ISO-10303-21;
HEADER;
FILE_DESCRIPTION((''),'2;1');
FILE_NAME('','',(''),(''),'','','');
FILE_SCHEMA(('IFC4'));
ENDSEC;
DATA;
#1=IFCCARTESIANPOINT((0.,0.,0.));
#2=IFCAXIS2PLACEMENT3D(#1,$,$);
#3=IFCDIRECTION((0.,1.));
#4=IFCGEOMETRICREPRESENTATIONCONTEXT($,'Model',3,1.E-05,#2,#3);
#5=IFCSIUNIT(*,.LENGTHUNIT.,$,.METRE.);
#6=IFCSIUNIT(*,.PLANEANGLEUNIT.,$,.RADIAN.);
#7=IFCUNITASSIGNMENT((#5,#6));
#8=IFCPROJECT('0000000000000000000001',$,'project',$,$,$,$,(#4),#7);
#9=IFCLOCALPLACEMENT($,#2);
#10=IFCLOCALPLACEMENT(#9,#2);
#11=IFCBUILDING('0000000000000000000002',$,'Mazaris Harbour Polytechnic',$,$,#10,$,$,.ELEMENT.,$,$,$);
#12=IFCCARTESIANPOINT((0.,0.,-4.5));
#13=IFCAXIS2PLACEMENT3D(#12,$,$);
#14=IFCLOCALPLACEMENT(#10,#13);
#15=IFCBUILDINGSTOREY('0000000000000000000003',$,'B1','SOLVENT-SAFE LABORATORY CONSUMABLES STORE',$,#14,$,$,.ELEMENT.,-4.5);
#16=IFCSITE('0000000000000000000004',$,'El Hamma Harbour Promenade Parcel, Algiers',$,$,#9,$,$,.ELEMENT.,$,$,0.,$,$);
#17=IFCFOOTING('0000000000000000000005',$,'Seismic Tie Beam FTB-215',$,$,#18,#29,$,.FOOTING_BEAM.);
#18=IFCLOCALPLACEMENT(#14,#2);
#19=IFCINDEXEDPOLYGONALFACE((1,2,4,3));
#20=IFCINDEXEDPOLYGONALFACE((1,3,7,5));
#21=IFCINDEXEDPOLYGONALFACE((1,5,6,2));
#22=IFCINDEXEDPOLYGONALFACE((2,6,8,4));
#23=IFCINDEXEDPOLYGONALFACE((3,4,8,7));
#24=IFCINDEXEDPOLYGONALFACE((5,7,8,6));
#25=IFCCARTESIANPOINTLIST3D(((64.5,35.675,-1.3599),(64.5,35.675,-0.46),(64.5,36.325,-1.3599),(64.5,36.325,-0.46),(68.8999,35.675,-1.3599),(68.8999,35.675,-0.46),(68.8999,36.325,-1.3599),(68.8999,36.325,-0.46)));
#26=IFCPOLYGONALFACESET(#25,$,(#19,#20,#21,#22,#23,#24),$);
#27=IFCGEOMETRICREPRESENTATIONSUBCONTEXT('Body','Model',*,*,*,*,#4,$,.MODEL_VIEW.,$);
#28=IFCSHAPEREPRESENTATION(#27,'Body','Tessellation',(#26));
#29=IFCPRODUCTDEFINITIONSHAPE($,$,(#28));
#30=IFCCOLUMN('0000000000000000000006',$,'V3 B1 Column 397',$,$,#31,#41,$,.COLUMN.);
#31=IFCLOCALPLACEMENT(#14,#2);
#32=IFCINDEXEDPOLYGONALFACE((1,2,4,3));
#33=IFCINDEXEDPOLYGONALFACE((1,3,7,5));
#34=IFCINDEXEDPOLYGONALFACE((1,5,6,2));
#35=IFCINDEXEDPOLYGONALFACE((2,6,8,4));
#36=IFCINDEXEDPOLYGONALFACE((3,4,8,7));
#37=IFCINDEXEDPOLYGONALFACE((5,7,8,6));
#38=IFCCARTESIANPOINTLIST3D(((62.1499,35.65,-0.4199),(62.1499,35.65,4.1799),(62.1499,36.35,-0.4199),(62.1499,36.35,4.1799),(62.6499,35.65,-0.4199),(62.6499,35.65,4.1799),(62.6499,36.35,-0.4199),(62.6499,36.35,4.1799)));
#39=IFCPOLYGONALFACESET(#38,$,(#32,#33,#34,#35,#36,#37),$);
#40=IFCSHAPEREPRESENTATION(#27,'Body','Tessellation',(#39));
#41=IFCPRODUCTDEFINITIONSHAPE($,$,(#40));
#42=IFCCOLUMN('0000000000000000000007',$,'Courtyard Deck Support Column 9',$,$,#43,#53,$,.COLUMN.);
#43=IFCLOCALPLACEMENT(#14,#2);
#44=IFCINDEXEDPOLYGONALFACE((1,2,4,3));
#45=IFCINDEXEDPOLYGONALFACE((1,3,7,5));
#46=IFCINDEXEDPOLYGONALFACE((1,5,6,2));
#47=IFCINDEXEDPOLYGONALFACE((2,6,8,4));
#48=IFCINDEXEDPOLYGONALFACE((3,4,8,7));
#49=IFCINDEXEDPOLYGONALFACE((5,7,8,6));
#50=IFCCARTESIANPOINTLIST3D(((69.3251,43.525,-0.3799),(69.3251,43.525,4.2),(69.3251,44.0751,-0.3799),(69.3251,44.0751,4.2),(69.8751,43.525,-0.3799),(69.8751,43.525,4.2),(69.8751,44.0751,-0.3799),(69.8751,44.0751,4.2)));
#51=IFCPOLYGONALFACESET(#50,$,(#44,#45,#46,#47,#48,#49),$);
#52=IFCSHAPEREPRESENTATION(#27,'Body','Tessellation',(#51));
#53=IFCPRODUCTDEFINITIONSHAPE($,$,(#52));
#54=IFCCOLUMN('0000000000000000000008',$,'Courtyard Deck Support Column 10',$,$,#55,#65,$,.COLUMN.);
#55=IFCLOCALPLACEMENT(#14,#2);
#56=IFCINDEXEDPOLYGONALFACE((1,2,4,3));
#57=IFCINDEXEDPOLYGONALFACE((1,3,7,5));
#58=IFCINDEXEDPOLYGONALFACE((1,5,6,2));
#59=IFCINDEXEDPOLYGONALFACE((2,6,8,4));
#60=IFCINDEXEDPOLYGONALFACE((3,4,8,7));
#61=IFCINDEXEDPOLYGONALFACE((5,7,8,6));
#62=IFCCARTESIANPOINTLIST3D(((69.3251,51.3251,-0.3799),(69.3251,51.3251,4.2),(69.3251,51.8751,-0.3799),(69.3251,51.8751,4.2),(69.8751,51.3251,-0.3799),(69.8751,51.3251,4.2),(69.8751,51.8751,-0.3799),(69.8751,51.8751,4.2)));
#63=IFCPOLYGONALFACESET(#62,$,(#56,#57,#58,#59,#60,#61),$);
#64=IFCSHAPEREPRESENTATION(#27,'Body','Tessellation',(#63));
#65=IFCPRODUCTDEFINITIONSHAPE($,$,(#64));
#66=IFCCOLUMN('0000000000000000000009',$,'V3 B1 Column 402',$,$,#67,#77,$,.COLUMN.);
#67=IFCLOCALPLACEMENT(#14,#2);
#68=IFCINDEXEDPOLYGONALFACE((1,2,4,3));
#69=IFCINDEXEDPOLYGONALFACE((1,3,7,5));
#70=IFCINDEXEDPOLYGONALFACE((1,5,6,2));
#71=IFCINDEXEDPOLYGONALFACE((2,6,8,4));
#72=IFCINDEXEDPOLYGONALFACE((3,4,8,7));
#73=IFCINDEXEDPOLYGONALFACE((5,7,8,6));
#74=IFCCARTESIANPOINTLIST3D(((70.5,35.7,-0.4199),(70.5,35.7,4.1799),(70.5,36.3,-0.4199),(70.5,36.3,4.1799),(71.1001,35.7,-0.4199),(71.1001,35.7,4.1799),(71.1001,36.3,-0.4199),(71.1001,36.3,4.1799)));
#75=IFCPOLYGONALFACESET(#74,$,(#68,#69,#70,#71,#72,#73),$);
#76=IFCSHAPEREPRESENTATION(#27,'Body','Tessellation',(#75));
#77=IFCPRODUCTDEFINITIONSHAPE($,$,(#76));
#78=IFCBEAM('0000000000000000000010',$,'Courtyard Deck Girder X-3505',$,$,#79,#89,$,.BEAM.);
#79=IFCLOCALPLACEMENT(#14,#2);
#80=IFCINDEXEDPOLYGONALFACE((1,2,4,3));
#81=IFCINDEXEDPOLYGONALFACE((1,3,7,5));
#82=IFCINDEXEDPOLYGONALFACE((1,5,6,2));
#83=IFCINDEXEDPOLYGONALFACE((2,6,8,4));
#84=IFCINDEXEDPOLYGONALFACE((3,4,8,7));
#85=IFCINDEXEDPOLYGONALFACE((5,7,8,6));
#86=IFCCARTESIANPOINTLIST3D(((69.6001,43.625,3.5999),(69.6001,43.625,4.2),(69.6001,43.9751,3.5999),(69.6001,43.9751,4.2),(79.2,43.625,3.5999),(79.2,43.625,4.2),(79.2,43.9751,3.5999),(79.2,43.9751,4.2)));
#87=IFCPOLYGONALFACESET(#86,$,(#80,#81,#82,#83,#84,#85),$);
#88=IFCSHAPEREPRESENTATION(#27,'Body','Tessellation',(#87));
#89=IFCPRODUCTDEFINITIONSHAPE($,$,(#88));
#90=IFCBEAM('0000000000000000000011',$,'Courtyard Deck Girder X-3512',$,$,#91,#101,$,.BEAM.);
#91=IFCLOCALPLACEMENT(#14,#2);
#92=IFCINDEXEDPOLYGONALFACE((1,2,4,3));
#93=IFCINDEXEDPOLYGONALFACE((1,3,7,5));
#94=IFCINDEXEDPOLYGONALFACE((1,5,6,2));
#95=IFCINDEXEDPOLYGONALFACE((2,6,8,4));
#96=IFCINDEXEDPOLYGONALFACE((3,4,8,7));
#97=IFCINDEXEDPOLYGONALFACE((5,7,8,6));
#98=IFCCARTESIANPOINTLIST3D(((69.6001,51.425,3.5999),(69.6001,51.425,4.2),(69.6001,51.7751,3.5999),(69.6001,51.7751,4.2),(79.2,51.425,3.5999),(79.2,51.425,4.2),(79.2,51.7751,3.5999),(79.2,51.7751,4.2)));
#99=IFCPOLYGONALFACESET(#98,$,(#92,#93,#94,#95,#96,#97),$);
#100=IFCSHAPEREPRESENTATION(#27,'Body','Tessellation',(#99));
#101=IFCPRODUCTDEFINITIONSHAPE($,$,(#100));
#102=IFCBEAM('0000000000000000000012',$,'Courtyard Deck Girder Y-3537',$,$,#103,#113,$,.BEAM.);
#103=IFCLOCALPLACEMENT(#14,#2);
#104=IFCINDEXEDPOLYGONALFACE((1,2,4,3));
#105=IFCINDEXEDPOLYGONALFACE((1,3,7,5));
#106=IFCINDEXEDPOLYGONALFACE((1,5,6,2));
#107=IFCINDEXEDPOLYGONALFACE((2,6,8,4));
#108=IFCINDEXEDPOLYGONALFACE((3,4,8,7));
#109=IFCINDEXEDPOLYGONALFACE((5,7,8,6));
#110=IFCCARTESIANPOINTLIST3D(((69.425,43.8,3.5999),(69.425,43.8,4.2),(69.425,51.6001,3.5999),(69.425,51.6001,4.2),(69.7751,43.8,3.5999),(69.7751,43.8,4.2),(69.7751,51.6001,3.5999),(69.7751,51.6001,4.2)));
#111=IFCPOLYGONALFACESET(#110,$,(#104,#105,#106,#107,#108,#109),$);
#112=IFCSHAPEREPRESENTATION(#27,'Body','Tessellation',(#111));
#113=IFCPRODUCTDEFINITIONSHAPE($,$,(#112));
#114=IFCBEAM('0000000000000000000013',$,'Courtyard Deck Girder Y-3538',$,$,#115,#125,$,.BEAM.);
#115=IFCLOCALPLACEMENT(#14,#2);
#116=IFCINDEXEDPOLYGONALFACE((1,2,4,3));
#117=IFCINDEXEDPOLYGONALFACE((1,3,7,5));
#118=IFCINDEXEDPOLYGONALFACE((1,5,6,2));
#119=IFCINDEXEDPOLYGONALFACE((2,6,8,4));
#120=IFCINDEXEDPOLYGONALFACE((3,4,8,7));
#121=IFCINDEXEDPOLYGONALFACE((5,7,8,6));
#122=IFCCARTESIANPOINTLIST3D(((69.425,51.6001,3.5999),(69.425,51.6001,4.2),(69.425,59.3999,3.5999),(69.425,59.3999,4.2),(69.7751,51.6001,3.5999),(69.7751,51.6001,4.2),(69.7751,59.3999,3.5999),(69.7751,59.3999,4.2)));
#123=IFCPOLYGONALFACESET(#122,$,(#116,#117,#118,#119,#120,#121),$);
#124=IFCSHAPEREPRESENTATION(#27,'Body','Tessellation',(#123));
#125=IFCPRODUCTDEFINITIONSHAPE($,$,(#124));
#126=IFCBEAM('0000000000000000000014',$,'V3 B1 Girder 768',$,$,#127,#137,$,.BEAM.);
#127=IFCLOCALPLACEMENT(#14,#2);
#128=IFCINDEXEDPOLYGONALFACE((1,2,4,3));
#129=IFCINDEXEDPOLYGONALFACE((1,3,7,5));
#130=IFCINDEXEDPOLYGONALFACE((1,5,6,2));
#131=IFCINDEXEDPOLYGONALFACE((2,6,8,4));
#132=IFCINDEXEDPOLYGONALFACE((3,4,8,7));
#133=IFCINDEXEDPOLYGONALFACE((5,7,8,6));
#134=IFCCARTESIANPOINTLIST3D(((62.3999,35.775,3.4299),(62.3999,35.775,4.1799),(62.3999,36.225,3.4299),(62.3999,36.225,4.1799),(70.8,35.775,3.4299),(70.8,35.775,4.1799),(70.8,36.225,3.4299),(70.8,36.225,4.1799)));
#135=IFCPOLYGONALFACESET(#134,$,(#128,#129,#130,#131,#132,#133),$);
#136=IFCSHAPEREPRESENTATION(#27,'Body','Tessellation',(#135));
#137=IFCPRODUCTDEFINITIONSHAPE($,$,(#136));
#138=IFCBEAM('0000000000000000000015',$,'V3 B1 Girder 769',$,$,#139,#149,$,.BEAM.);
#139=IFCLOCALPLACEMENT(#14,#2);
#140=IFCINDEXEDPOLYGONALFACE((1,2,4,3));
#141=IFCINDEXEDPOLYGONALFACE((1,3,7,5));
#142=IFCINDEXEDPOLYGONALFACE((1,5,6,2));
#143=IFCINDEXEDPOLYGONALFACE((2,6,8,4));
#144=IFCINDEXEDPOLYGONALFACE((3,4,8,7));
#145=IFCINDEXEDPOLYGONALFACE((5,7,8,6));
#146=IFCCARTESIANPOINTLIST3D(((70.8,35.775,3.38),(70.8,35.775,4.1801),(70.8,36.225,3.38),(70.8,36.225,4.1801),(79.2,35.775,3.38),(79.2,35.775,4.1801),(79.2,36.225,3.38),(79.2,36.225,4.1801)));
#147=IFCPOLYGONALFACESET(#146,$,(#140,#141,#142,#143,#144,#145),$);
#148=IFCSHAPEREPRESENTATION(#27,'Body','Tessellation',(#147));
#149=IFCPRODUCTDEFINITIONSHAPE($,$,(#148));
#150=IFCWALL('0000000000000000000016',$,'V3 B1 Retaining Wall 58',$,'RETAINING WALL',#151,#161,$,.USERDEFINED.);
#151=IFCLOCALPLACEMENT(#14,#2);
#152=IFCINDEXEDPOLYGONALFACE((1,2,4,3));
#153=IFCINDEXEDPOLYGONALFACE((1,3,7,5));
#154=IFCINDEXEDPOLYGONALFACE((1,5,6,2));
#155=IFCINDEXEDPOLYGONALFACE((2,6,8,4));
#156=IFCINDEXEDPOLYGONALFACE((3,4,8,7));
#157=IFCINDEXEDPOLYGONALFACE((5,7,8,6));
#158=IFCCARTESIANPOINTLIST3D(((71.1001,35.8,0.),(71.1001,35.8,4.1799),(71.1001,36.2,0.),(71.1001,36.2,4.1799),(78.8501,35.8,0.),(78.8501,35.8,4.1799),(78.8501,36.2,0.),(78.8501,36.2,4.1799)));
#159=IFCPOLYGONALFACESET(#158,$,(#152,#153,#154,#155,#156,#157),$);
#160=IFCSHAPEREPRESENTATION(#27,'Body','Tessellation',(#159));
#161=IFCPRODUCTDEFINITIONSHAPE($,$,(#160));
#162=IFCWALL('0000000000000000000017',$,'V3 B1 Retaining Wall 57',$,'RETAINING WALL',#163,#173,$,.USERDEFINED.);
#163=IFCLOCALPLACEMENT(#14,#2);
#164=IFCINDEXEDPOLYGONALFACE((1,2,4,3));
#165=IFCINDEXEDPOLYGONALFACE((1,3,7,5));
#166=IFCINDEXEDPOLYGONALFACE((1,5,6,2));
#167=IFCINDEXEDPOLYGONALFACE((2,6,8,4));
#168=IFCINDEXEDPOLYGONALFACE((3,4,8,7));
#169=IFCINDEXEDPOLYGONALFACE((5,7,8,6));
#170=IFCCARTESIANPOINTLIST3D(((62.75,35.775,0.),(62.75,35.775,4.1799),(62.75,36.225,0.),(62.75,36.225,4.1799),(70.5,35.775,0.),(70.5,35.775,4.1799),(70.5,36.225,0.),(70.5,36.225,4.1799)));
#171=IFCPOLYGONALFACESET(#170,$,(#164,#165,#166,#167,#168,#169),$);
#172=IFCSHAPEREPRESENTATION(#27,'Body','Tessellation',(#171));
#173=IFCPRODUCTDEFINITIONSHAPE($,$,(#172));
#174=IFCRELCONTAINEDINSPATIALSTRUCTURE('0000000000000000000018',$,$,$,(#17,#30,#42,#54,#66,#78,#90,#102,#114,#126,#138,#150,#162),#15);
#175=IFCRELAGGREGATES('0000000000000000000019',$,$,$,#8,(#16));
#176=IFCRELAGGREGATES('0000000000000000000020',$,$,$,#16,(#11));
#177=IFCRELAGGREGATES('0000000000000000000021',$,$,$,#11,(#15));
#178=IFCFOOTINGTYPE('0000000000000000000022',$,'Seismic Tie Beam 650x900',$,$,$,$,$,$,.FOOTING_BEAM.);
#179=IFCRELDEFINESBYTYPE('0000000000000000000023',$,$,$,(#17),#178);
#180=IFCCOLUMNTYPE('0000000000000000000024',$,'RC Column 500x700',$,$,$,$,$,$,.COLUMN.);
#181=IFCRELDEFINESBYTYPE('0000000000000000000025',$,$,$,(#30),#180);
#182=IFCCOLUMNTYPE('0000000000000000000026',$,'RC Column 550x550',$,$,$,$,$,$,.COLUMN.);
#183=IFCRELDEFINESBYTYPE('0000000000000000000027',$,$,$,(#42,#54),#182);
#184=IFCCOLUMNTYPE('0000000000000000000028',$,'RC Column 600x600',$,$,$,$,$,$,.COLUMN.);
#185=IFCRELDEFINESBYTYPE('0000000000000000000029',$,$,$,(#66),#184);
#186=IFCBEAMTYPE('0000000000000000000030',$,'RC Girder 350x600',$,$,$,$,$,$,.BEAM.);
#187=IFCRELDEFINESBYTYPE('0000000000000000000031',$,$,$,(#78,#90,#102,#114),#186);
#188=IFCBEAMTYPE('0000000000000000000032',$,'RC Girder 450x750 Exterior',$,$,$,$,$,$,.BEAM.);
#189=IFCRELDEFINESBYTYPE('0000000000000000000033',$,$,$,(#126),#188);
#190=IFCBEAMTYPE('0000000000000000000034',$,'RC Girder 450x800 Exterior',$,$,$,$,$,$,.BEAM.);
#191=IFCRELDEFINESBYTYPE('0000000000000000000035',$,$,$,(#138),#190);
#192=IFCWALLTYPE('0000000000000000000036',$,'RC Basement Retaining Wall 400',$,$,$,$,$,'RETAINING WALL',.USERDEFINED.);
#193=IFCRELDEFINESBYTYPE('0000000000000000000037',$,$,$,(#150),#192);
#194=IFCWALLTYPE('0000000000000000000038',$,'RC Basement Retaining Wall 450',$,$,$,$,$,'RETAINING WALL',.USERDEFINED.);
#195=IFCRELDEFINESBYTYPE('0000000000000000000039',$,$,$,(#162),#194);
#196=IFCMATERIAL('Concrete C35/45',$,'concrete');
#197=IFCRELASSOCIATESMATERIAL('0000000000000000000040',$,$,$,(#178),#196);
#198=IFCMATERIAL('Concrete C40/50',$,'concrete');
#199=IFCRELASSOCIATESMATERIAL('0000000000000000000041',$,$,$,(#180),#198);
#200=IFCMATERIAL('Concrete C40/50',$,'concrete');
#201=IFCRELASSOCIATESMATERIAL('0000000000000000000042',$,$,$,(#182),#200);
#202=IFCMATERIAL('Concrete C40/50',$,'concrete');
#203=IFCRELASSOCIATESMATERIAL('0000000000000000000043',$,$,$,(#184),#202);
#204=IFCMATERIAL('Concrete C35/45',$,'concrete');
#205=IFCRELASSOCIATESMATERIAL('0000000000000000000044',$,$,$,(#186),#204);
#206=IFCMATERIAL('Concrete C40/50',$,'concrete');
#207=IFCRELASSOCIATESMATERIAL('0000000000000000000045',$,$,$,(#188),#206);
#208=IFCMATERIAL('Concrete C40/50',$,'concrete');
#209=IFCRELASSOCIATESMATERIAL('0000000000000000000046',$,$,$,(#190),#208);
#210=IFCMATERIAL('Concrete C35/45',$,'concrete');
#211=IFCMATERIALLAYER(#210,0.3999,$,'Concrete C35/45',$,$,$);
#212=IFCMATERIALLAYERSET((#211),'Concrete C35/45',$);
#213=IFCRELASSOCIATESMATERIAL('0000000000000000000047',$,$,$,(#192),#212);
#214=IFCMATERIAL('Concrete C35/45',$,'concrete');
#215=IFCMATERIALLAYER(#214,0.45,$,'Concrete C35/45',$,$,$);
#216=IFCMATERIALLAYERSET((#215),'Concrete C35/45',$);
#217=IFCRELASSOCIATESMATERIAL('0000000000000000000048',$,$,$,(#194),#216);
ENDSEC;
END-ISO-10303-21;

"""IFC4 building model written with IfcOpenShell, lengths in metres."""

from ifc_helpers import new_model, si_unit, direction, frame, frame_2d, origin, origin_2d, place, context, subcontext, project, spatial, rectangle, extrude, material, layer, layer_set, material_profile, profile_set, type_object, element, save


model = new_model("IFC4")

# Units and contexts
model_context = context("Model", 3, precision=1e-05, world=origin(), true_north=direction((0.0, 1.0)))
body_context = subcontext(model_context, "Body", "Model", "MODEL_VIEW")
ifc_project = project(units=[si_unit("LENGTHUNIT", "METRE"), si_unit("PLANEANGLEUNIT", "RADIAN")], contexts=[model_context])

# Site, building, storey
site_placement = place(None, origin())
site = spatial("IfcSite", under=ifc_project, at=site_placement, Name="El Hamma Harbour Promenade Parcel, Algiers", CompositionType="ELEMENT", RefElevation=0.0)
building_placement = place(site_placement, origin())
building = spatial("IfcBuilding", under=site, at=building_placement, Name="Mazaris Harbour Polytechnic", CompositionType="ELEMENT")
storey_placement = place(building_placement, frame((0.0, 0.0, -4.5)))
storey = spatial("IfcBuildingStorey", under=building, at=storey_placement, Name="B1", Description="SOLVENT-SAFE LABORATORY CONSUMABLES STORE", CompositionType="ELEMENT", Elevation=-4.5)

# Footing
ifc_material_1 = material(Name="Concrete C35/45", Category="concrete")
ifc_material_profile_1 = material_profile(ifc_material_1, rectangle(XDim=0.6499, YDim=0.8999, at=origin_2d()), Name="RECT650x900")
ifc_profile_set_1 = profile_set([ifc_material_profile_1], Name="Concrete C35/45")
footing_type_1 = type_object("IfcFootingType", Name="Seismic Tie Beam 650x900", PredefinedType="FOOTING_BEAM", material=ifc_profile_set_1)
footing_1_placement = place(storey_placement, frame((64.5, 36.0, -0.9099), z_axis=(1.0, 0.0, 0.0), x_axis=(0.0, 1.0, 0.0)))
element("IfcFooting", 1, at=footing_1_placement, inside=storey, type_object=footing_type_1, Name="Seismic Tie Beam FTB-215", PredefinedType="FOOTING_BEAM", context=body_context, shape_type="SweptSolid", body=[
    extrude(rectangle(XDim=0.6499, YDim=0.8999, at=origin_2d()), origin(), (0.0, 0.0, 1.0), 4.3999),
])

# Columns
ifc_material_2 = material(Name="Concrete C40/50", Category="concrete")
ifc_material_profile_2 = material_profile(ifc_material_2, rectangle(XDim=0.5, YDim=0.7, at=origin_2d()), Name="RECT500x700")
ifc_profile_set_2 = profile_set([ifc_material_profile_2], Name="Concrete C40/50")
column_type_1 = type_object("IfcColumnType", Name="RC Column 500x700", PredefinedType="COLUMN", material=ifc_profile_set_2)
column_1_placement = place(storey_placement, frame((62.3999, 36.0, -0.4199), z_axis=(0.0, 0.0, 1.0), x_axis=(1.0, 0.0, 0.0)))
element("IfcColumn", 2, at=column_1_placement, inside=storey, type_object=column_type_1, Name="V3 B1 Column 397", PredefinedType="COLUMN", context=body_context, shape_type="SweptSolid", body=[
    extrude(rectangle(XDim=0.5, YDim=0.7, at=origin_2d()), origin(), (0.0, 0.0, 1.0), 4.5999),
])
ifc_material_3 = material(Name="Concrete C40/50", Category="concrete")
ifc_material_profile_3 = material_profile(ifc_material_3, rectangle(XDim=0.55, YDim=0.55, at=origin_2d()), Name="RECT550x550")
ifc_profile_set_3 = profile_set([ifc_material_profile_3], Name="Concrete C40/50")
column_type_2 = type_object("IfcColumnType", Name="RC Column 550x550", PredefinedType="COLUMN", material=ifc_profile_set_3)
for number, where, z_axis, x_axis, name in (
    (3, (69.6001, 43.8, -0.3799), (0.0, 0.0, 1.0), (1.0, 0.0, 0.0), "Courtyard Deck Support Column 9"),
    (4, (69.6001, 51.6001, -0.3799), (0.0, 0.0, 1.0), (1.0, 0.0, 0.0), "Courtyard Deck Support Column 10"),
):
    element("IfcColumn", number, at=place(storey_placement, frame(where, z_axis=z_axis, x_axis=x_axis)), inside=storey, type_object=column_type_2, Name=name, PredefinedType="COLUMN", context=body_context, shape_type="SweptSolid", body=[
        extrude(rectangle(XDim=0.55, YDim=0.55, at=origin_2d()), origin(), (0.0, 0.0, 1.0), 4.5798),
    ])
ifc_material_4 = material(Name="Concrete C40/50", Category="concrete")
ifc_material_profile_4 = material_profile(ifc_material_4, rectangle(XDim=0.6001, YDim=0.6001, at=origin_2d()), Name="RECT600x600")
ifc_profile_set_4 = profile_set([ifc_material_profile_4], Name="Concrete C40/50")
column_type_3 = type_object("IfcColumnType", Name="RC Column 600x600", PredefinedType="COLUMN", material=ifc_profile_set_4)
column_2_placement = place(storey_placement, frame((70.8, 36.0, -0.4199), z_axis=(0.0, 0.0, 1.0), x_axis=(1.0, 0.0, 0.0)))
element("IfcColumn", 5, at=column_2_placement, inside=storey, type_object=column_type_3, Name="V3 B1 Column 402", PredefinedType="COLUMN", context=body_context, shape_type="SweptSolid", body=[
    extrude(rectangle(XDim=0.6001, YDim=0.6001, at=origin_2d()), origin(), (0.0, 0.0, 1.0), 4.5999),
])

# Beams
ifc_material_5 = material(Name="Concrete C35/45", Category="concrete")
ifc_material_profile_5 = material_profile(ifc_material_5, rectangle(XDim=0.3501, YDim=0.6001, at=origin_2d()), Name="RECT350x600")
ifc_profile_set_5 = profile_set([ifc_material_profile_5], Name="Concrete C35/45")
beam_type_1 = type_object("IfcBeamType", Name="RC Girder 350x600", PredefinedType="BEAM", material=ifc_profile_set_5)
for number, where, z_axis, x_axis, name in (
    (6, (69.6001, 43.8, 3.8999), (1.0, 0.0, 0.0), (0.0, 1.0, 0.0), "Courtyard Deck Girder X-3505"),
    (7, (69.6001, 51.6001, 3.8999), (1.0, 0.0, 0.0), (0.0, 1.0, 0.0), "Courtyard Deck Girder X-3512"),
):
    element("IfcBeam", number, at=place(storey_placement, frame(where, z_axis=z_axis, x_axis=x_axis)), inside=storey, type_object=beam_type_1, Name=name, PredefinedType="BEAM", context=body_context, shape_type="SweptSolid", body=[
        extrude(rectangle(XDim=0.3501, YDim=0.6001, at=origin_2d()), origin(), (0.0, 0.0, 1.0), 9.5999),
    ])
beam_1_placement = place(storey_placement, frame((69.6001, 43.8, 3.8999), z_axis=(0.0, 1.0, 0.0), x_axis=(-1.0, 0.0, 0.0)))
element("IfcBeam", 8, at=beam_1_placement, inside=storey, type_object=beam_type_1, Name="Courtyard Deck Girder Y-3537", PredefinedType="BEAM", context=body_context, shape_type="SweptSolid", body=[
    extrude(rectangle(XDim=0.3501, YDim=0.6001, at=origin_2d()), origin(), (0.0, 0.0, 1.0), 7.8),
])
beam_2_placement = place(storey_placement, frame((69.6001, 51.6001, 3.8999), z_axis=(0.0, 1.0, 0.0), x_axis=(-1.0, 0.0, 0.0)))
element("IfcBeam", 9, at=beam_2_placement, inside=storey, type_object=beam_type_1, Name="Courtyard Deck Girder Y-3538", PredefinedType="BEAM", context=body_context, shape_type="SweptSolid", body=[
    extrude(rectangle(XDim=0.3501, YDim=0.6001, at=origin_2d()), origin(), (0.0, 0.0, 1.0), 7.7998),
])
ifc_material_6 = material(Name="Concrete C40/50", Category="concrete")
ifc_material_profile_6 = material_profile(ifc_material_6, rectangle(XDim=0.45, YDim=0.75, at=origin_2d()), Name="RECT450x750")
ifc_profile_set_6 = profile_set([ifc_material_profile_6], Name="Concrete C40/50")
beam_type_2 = type_object("IfcBeamType", Name="RC Girder 450x750 Exterior", PredefinedType="BEAM", material=ifc_profile_set_6)
beam_3_placement = place(storey_placement, frame((62.3999, 36.0, 3.8049), z_axis=(1.0, 0.0, 0.0), x_axis=(0.0, 1.0, 0.0)))
element("IfcBeam", 10, at=beam_3_placement, inside=storey, type_object=beam_type_2, Name="V3 B1 Girder 768", PredefinedType="BEAM", context=body_context, shape_type="SweptSolid", body=[
    extrude(rectangle(XDim=0.45, YDim=0.75, at=origin_2d()), origin(), (0.0, 0.0, 1.0), 8.4001),
])
ifc_material_7 = material(Name="Concrete C40/50", Category="concrete")
ifc_material_profile_7 = material_profile(ifc_material_7, rectangle(XDim=0.45, YDim=0.8, at=origin_2d()), Name="RECT450x800")
ifc_profile_set_7 = profile_set([ifc_material_profile_7], Name="Concrete C40/50")
beam_type_3 = type_object("IfcBeamType", Name="RC Girder 450x800 Exterior", PredefinedType="BEAM", material=ifc_profile_set_7)
beam_4_placement = place(storey_placement, frame((70.8, 36.0, 3.78), z_axis=(1.0, 0.0, 0.0), x_axis=(0.0, 1.0, 0.0)))
element("IfcBeam", 11, at=beam_4_placement, inside=storey, type_object=beam_type_3, Name="V3 B1 Girder 769", PredefinedType="BEAM", context=body_context, shape_type="SweptSolid", body=[
    extrude(rectangle(XDim=0.45, YDim=0.8, at=origin_2d()), origin(), (0.0, 0.0, 1.0), 8.3999),
])

# Walls
ifc_material_8 = material(Name="Concrete C35/45", Category="concrete")
ifc_layer_1 = layer(ifc_material_8, 0.3999, Name="Concrete C35/45")
ifc_layer_set_1 = layer_set([ifc_layer_1], Name="Concrete C35/45")
wall_type_1 = type_object("IfcWallType", Name="RC Basement Retaining Wall 400", ElementType="RETAINING WALL", PredefinedType="USERDEFINED", material=ifc_layer_set_1)
wall_1_placement = place(storey_placement, frame((71.1001, 36.0, 0.0), z_axis=(0.0, 0.0, 1.0), x_axis=(1.0, 0.0, 0.0)))
element("IfcWall", 12, at=wall_1_placement, inside=storey, type_object=wall_type_1, Name="V3 B1 Retaining Wall 58", ObjectType="RETAINING WALL", PredefinedType="USERDEFINED", context=body_context, shape_type="SweptSolid", body=[
    extrude(rectangle(XDim=7.75, YDim=0.3999, at=frame_2d((3.875, 0.0))), origin(), (0.0, 0.0, 1.0), 4.1799),
])
ifc_material_9 = material(Name="Concrete C35/45", Category="concrete")
ifc_layer_2 = layer(ifc_material_9, 0.45, Name="Concrete C35/45")
ifc_layer_set_2 = layer_set([ifc_layer_2], Name="Concrete C35/45")
wall_type_2 = type_object("IfcWallType", Name="RC Basement Retaining Wall 450", ElementType="RETAINING WALL", PredefinedType="USERDEFINED", material=ifc_layer_set_2)
wall_2_placement = place(storey_placement, frame((62.75, 36.0, 0.0), z_axis=(0.0, 0.0, 1.0), x_axis=(1.0, 0.0, 0.0)))
element("IfcWall", 13, at=wall_2_placement, inside=storey, type_object=wall_type_2, Name="V3 B1 Retaining Wall 57", ObjectType="RETAINING WALL", PredefinedType="USERDEFINED", context=body_context, shape_type="SweptSolid", body=[
    extrude(rectangle(XDim=7.75, YDim=0.45, at=frame_2d((3.875, 0.0))), origin(), (0.0, 0.0, 1.0), 4.1799),
])

save(model, "model.ifc")
